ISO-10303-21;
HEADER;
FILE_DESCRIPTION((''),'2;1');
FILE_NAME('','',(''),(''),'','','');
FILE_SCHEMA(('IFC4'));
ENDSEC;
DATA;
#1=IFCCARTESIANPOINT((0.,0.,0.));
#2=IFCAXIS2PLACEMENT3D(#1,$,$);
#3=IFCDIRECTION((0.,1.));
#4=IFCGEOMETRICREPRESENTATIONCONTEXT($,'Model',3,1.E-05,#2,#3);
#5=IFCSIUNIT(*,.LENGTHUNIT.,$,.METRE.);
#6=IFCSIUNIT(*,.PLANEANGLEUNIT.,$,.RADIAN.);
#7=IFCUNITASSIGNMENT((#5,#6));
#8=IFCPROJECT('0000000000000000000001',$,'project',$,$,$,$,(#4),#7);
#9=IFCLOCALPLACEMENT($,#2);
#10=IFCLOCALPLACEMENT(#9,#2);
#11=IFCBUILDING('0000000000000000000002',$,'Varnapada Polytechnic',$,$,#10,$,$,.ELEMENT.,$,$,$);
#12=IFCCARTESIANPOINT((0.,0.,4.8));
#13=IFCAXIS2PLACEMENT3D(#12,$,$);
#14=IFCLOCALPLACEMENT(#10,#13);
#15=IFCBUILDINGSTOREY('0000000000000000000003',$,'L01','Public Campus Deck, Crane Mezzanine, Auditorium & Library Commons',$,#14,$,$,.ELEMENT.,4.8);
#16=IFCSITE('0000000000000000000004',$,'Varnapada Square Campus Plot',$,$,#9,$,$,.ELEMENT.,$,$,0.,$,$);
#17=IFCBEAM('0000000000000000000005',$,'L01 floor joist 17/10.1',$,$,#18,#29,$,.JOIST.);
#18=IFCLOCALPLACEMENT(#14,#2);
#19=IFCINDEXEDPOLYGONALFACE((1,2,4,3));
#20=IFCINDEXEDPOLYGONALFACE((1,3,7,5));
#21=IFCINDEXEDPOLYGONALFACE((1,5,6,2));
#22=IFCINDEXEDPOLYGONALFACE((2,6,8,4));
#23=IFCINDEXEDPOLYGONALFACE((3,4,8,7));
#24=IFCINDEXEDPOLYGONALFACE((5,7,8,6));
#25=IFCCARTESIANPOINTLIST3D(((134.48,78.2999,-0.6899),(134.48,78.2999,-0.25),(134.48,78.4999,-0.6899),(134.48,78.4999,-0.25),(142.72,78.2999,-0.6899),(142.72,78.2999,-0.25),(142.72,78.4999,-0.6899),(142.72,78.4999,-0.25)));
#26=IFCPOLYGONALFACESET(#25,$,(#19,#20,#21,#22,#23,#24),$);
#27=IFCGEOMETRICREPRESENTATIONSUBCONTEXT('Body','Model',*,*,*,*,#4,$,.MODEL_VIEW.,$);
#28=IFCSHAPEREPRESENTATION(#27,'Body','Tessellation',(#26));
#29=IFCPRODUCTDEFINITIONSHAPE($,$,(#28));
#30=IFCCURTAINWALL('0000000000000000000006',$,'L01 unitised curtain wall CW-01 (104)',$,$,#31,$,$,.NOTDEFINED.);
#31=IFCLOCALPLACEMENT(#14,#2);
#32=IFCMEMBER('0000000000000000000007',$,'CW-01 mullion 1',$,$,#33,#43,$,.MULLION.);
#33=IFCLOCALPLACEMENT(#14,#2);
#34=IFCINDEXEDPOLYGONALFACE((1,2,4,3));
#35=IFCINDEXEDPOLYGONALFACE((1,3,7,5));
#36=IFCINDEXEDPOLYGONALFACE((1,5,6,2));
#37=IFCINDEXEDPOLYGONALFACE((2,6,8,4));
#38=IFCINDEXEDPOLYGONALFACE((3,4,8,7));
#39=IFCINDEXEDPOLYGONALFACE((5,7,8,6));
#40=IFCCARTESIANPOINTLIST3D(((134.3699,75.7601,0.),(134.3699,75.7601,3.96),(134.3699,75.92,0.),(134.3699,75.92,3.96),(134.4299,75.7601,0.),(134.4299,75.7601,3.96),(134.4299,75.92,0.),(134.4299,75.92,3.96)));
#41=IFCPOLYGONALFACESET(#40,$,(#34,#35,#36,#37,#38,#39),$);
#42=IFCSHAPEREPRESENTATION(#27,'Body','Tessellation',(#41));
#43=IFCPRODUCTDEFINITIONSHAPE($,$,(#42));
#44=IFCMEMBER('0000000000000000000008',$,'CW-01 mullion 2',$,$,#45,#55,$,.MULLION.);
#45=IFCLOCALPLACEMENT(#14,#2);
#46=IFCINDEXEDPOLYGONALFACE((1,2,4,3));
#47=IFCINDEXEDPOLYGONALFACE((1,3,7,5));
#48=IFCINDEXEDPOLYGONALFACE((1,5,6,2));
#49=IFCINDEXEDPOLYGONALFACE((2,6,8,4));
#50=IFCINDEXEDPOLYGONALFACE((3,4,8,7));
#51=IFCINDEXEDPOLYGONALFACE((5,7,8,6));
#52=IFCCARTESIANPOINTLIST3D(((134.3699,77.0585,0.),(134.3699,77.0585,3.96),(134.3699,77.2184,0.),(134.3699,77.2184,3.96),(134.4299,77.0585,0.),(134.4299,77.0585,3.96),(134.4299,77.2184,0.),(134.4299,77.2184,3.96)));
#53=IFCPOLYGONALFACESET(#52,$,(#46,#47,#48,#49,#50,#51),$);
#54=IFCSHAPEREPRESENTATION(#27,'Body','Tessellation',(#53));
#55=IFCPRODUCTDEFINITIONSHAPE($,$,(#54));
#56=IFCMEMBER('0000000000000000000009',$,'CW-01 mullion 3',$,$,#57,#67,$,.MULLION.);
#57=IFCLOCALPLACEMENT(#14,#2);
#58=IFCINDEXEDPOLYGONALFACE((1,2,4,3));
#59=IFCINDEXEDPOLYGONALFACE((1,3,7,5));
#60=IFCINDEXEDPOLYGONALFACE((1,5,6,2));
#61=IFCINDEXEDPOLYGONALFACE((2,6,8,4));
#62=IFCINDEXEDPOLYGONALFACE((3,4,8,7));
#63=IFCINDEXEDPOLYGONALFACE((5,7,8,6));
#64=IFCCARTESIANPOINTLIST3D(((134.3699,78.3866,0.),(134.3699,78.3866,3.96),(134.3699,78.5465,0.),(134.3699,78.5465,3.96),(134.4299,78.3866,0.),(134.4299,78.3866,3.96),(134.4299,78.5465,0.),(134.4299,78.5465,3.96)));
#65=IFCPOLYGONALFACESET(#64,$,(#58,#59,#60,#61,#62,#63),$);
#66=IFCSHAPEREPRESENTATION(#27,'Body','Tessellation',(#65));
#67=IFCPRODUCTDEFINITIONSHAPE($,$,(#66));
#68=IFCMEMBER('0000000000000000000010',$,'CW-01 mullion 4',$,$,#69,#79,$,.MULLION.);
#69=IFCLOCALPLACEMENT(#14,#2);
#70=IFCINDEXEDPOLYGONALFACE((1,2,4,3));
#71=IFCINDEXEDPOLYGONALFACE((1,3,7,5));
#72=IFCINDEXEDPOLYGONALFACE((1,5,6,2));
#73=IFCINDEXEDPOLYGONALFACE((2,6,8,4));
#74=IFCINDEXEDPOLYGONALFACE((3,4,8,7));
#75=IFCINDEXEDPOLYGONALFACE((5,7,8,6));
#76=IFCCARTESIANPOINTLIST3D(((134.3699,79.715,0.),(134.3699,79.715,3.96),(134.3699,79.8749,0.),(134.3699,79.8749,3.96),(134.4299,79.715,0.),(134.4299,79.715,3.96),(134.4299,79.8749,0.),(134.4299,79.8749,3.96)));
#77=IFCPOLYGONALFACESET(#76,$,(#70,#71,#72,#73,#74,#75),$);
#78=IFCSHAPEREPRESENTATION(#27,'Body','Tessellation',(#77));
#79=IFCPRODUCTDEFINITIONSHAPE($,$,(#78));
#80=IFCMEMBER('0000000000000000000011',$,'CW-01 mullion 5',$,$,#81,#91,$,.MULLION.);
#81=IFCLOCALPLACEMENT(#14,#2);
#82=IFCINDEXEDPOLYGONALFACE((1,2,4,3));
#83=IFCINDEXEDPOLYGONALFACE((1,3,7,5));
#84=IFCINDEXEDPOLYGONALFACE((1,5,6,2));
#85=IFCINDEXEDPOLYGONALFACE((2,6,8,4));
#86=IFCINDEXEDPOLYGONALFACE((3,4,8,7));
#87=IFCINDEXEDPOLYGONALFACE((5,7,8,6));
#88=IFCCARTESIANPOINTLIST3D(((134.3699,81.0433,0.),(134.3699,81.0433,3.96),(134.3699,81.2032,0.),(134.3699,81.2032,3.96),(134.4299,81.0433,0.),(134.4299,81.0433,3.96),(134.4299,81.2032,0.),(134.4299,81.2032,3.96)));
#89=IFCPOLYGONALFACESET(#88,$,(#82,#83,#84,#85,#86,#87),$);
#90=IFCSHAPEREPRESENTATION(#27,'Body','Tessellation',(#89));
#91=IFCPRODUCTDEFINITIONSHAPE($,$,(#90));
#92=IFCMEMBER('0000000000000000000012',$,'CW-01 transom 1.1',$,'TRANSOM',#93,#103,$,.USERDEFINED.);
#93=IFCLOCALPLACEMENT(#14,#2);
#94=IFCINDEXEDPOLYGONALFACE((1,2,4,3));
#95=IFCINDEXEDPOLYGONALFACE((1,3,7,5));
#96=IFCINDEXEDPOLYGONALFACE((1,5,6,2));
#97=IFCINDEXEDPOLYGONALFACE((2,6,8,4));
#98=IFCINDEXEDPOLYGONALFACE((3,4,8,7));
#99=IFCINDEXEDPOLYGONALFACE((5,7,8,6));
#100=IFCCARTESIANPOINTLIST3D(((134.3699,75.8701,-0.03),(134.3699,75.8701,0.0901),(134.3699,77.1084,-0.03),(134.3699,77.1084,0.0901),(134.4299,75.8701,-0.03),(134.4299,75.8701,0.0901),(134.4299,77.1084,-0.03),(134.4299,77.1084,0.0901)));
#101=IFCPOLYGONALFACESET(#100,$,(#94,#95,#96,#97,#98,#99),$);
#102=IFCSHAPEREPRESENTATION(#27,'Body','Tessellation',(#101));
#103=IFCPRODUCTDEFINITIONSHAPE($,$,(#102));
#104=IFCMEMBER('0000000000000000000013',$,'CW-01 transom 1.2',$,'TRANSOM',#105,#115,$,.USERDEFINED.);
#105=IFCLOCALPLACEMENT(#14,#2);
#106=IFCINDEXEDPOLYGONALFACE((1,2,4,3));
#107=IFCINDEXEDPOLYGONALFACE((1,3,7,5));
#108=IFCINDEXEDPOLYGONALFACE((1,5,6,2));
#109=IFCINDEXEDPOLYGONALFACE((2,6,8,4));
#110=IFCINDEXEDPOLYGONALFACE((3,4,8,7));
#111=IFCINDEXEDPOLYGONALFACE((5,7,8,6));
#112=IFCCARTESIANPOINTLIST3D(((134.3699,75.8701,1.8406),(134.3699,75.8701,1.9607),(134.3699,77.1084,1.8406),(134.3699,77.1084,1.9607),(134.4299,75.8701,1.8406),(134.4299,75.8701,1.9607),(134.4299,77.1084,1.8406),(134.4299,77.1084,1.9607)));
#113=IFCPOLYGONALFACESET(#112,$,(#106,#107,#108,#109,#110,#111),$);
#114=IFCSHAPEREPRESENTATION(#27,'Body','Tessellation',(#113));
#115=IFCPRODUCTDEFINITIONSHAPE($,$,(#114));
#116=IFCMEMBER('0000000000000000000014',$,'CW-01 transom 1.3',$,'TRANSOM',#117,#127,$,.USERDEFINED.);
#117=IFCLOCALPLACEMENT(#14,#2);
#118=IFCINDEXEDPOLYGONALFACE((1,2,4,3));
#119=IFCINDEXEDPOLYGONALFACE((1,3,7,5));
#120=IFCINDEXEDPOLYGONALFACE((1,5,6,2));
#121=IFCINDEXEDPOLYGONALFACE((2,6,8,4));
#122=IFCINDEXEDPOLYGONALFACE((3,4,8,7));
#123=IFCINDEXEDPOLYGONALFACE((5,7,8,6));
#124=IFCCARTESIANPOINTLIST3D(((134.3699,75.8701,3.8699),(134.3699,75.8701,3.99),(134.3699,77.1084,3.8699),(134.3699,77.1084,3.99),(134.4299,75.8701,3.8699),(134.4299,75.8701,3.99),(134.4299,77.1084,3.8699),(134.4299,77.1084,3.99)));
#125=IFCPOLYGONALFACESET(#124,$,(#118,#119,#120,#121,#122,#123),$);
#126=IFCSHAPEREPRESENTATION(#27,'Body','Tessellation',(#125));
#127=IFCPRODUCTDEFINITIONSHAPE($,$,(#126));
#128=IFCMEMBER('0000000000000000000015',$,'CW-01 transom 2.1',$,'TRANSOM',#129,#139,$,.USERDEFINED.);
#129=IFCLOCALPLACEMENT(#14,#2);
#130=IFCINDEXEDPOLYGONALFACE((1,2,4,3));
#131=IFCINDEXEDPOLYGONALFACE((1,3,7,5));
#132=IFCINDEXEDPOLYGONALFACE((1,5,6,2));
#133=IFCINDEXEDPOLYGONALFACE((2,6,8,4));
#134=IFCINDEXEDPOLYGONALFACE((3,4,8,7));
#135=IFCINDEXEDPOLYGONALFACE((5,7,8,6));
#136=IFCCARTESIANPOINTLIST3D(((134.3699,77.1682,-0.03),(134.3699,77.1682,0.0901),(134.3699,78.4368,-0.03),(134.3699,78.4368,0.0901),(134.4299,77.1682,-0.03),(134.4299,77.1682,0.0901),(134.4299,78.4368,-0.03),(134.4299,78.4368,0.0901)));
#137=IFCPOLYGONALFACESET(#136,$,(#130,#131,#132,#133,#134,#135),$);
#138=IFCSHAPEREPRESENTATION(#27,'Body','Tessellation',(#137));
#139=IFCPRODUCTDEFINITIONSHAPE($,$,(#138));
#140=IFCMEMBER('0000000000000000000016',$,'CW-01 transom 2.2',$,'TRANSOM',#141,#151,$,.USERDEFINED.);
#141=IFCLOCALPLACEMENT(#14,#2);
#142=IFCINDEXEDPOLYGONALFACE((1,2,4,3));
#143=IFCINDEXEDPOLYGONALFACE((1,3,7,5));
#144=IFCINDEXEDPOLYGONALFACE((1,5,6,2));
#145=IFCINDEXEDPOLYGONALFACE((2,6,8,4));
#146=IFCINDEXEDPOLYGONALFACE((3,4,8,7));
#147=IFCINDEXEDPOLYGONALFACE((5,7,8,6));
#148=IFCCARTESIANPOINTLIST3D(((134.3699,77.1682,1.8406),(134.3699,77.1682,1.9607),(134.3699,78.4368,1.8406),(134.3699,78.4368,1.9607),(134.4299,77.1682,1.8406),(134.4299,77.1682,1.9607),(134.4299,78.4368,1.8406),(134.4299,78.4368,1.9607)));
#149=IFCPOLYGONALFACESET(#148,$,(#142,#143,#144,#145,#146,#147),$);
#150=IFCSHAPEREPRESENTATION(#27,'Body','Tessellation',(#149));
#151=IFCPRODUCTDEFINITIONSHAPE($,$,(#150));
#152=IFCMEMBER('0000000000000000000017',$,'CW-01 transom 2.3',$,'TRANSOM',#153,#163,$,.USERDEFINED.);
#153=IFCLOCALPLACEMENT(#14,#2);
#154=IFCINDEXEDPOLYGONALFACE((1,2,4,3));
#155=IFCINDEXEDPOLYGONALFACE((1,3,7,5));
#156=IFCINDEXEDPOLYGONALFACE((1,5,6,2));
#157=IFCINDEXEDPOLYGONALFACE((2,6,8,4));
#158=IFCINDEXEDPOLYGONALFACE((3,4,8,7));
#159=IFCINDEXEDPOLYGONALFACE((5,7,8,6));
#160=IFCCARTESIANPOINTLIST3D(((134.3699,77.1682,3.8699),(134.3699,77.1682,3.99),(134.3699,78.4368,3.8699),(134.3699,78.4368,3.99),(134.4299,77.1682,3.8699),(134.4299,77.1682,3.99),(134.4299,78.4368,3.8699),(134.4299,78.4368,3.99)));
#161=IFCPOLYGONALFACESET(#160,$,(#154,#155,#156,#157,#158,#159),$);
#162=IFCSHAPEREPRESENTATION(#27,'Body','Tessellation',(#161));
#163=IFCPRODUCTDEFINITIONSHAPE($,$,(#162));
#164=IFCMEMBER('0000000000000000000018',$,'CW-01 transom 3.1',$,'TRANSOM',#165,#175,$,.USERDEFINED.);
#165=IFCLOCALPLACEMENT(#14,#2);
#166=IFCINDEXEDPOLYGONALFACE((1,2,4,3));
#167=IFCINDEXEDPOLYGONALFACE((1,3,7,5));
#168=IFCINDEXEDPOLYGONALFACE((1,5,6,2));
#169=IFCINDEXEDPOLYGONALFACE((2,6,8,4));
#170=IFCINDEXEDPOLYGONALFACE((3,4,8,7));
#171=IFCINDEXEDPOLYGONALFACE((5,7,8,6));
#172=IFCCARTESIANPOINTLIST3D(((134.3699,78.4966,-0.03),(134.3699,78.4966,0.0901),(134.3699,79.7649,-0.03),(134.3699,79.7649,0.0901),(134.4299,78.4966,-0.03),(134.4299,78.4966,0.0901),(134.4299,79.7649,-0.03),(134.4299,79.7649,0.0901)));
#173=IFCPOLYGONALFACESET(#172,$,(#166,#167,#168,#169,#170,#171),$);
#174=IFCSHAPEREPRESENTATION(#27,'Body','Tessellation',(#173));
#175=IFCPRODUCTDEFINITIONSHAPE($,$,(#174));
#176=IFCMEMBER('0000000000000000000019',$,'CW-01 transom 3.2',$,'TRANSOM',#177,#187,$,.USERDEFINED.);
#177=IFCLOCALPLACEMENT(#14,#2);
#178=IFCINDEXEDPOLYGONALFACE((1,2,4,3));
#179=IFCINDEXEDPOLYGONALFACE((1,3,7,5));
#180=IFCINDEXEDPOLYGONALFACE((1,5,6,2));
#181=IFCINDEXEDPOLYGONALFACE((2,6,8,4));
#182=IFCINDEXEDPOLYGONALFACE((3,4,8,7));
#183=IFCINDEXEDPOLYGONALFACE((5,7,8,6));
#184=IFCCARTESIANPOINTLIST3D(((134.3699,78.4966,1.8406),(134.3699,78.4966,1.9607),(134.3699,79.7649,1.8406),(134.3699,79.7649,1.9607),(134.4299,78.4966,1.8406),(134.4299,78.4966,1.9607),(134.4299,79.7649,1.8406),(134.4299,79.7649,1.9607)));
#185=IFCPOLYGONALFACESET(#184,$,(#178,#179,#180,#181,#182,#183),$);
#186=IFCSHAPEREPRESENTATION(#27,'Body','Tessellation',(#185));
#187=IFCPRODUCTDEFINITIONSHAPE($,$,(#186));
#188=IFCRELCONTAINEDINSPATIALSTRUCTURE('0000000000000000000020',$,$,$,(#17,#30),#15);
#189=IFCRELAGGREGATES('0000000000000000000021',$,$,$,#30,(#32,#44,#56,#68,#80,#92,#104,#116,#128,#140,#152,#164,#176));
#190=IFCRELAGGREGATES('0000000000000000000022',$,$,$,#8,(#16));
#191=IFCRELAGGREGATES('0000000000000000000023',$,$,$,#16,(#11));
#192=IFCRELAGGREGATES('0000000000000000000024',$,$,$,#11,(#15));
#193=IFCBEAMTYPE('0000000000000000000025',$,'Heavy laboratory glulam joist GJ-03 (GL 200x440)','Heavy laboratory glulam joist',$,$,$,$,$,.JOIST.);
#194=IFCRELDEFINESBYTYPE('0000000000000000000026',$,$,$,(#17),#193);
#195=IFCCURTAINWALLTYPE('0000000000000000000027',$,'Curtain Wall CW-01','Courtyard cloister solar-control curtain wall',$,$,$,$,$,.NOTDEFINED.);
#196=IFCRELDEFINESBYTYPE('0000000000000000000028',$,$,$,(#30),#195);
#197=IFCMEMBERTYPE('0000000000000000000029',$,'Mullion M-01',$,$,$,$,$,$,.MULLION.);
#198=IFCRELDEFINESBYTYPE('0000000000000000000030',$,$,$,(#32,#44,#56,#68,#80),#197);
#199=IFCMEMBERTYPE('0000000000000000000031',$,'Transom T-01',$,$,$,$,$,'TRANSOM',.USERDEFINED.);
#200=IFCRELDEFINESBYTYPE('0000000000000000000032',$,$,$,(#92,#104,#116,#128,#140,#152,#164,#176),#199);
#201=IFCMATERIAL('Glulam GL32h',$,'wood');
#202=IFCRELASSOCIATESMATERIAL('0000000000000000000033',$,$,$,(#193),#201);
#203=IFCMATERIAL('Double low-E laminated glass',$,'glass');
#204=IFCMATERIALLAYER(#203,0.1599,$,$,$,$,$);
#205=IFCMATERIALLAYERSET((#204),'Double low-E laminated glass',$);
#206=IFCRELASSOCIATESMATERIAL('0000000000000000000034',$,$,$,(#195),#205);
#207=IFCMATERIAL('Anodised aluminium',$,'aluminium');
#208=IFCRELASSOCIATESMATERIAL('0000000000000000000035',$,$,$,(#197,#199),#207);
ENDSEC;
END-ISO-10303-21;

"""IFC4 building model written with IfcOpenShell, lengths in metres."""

from ifc_helpers import new_model, si_unit, direction, frame, origin, origin_2d, place, context, subcontext, project, spatial, rectangle, extrude, material, layer, layer_set, material_profile, profile_set, type_object, element, aggregate, save


model = new_model("IFC4")

# Units and contexts
model_context = context("Model", 3, precision=1e-05, world=origin(), true_north=direction((0.0, 1.0)))
body_context = subcontext(model_context, "Body", "Model", "MODEL_VIEW")
ifc_project = project(units=[si_unit("LENGTHUNIT", "METRE"), si_unit("PLANEANGLEUNIT", "RADIAN")], contexts=[model_context])

# Site, building, storey
site_placement = place(None, origin())
site = spatial("IfcSite", under=ifc_project, at=site_placement, Name="Varnapada Square Campus Plot", CompositionType="ELEMENT", RefElevation=0.0)
building_placement = place(site_placement, origin())
building = spatial("IfcBuilding", under=site, at=building_placement, Name="Varnapada Polytechnic", CompositionType="ELEMENT")
storey_placement = place(building_placement, frame((0.0, 0.0, 4.8)))
storey = spatial("IfcBuildingStorey", under=building, at=storey_placement, Name="L01", Description="Public Campus Deck, Crane Mezzanine, Auditorium & Library Commons", CompositionType="ELEMENT", Elevation=4.8)

# Beam
ifc_material_1 = material(Name="Glulam GL32h", Category="wood")
ifc_material_profile_1 = material_profile(ifc_material_1, rectangle(XDim=0.2, YDim=0.4399, at=origin_2d()), Name="GL 200x440")
ifc_profile_set_1 = profile_set([ifc_material_profile_1], Name="Glulam GL32h")
beam_type = type_object("IfcBeamType", Name="Heavy laboratory glulam joist GJ-03 (GL 200x440)", Description="Heavy laboratory glulam joist", PredefinedType="JOIST", material=ifc_profile_set_1)
beam_placement = place(storey_placement, frame((134.48, 78.3999, -0.47), z_axis=(1.0, 0.0, 0.0), x_axis=(0.0, 1.0, 0.0)))
element("IfcBeam", 1, at=beam_placement, inside=storey, type_object=beam_type, Name="L01 floor joist 17/10.1", PredefinedType="JOIST", context=body_context, shape_type="SweptSolid", body=[
    extrude(rectangle(XDim=0.2, YDim=0.4399, at=origin_2d()), origin(), (0.0, 0.0, 1.0), 8.24),
])

# Curtain wall, members
ifc_material_2 = material(Name="Double low-E laminated glass", Category="glass")
ifc_layer_1 = layer(ifc_material_2, 0.1599)
ifc_layer_set_1 = layer_set([ifc_layer_1], Name="Double low-E laminated glass")
curtain_wall_type = type_object("IfcCurtainWallType", Name="Curtain Wall CW-01", Description="Courtyard cloister solar-control curtain wall", PredefinedType="NOTDEFINED", material=ifc_layer_set_1)
curtain_wall_placement = place(storey_placement, origin())
curtain_wall = element("IfcCurtainWall", 2, at=curtain_wall_placement, inside=storey, type_object=curtain_wall_type, Name="L01 unitised curtain wall CW-01 (104)", PredefinedType="NOTDEFINED")
ifc_material_3 = material(Name="Anodised aluminium", Category="aluminium")
ifc_material_profile_2 = material_profile(ifc_material_3, rectangle(XDim=0.0601, YDim=0.1599, at=origin_2d()), Name="ALU M60x160")
ifc_profile_set_2 = profile_set([ifc_material_profile_2], Name="Anodised aluminium")
member_type_1 = type_object("IfcMemberType", Name="Mullion M-01", PredefinedType="MULLION", material=ifc_profile_set_2)
member_1_placement = place(storey_placement, frame((134.3999, 75.8401, 0.0), z_axis=(0.0, 0.0, 1.0), x_axis=(-1.0, 0.0, 0.0)))
member_1 = element("IfcMember", 3, at=member_1_placement, type_object=member_type_1, Name="CW-01 mullion 1", PredefinedType="MULLION", context=body_context, shape_type="SweptSolid", body=[
    extrude(rectangle(XDim=0.0601, YDim=0.1599, at=origin_2d()), origin(), (0.0, 0.0, 1.0), 3.96),
])
member_2_placement = place(storey_placement, frame((134.3999, 77.1384, 0.0), z_axis=(0.0, 0.0, 1.0), x_axis=(-1.0, 0.0, 0.0)))
member_2 = element("IfcMember", 4, at=member_2_placement, type_object=member_type_1, Name="CW-01 mullion 2", PredefinedType="MULLION", context=body_context, shape_type="SweptSolid", body=[
    extrude(rectangle(XDim=0.0601, YDim=0.1599, at=origin_2d()), origin(), (0.0, 0.0, 1.0), 3.96),
])
member_3_placement = place(storey_placement, frame((134.3999, 78.4666, 0.0), z_axis=(0.0, 0.0, 1.0), x_axis=(-1.0, 0.0, 0.0)))
member_3 = element("IfcMember", 5, at=member_3_placement, type_object=member_type_1, Name="CW-01 mullion 3", PredefinedType="MULLION", context=body_context, shape_type="SweptSolid", body=[
    extrude(rectangle(XDim=0.0601, YDim=0.1599, at=origin_2d()), origin(), (0.0, 0.0, 1.0), 3.96),
])
member_4_placement = place(storey_placement, frame((134.3999, 79.7949, 0.0), z_axis=(0.0, 0.0, 1.0), x_axis=(-1.0, 0.0, 0.0)))
member_4 = element("IfcMember", 6, at=member_4_placement, type_object=member_type_1, Name="CW-01 mullion 4", PredefinedType="MULLION", context=body_context, shape_type="SweptSolid", body=[
    extrude(rectangle(XDim=0.0601, YDim=0.1599, at=origin_2d()), origin(), (0.0, 0.0, 1.0), 3.96),
])
member_5_placement = place(storey_placement, frame((134.3999, 81.1233, 0.0), z_axis=(0.0, 0.0, 1.0), x_axis=(-1.0, 0.0, 0.0)))
member_5 = element("IfcMember", 7, at=member_5_placement, type_object=member_type_1, Name="CW-01 mullion 5", PredefinedType="MULLION", context=body_context, shape_type="SweptSolid", body=[
    extrude(rectangle(XDim=0.0601, YDim=0.1599, at=origin_2d()), origin(), (0.0, 0.0, 1.0), 3.96),
])
ifc_material_profile_3 = material_profile(ifc_material_3, rectangle(XDim=0.0601, YDim=0.1201, at=origin_2d()), Name="ALU T60x120")
ifc_profile_set_3 = profile_set([ifc_material_profile_3], Name="Anodised aluminium")
member_type_2 = type_object("IfcMemberType", Name="Transom T-01", ElementType="TRANSOM", PredefinedType="USERDEFINED", material=ifc_profile_set_3)
member_6_placement = place(storey_placement, frame((134.3999, 75.8701, 0.03), z_axis=(0.0, 1.0, 0.0), x_axis=(-1.0, 0.0, 0.0)))
member_6 = element("IfcMember", 8, at=member_6_placement, type_object=member_type_2, Name="CW-01 transom 1.1", ObjectType="TRANSOM", PredefinedType="USERDEFINED", context=body_context, shape_type="SweptSolid", body=[
    extrude(rectangle(XDim=0.0601, YDim=0.1201, at=origin_2d()), origin(), (0.0, 0.0, 1.0), 1.2383),
])
member_7_placement = place(storey_placement, frame((134.3999, 75.8701, 1.9006), z_axis=(0.0, 1.0, 0.0), x_axis=(-1.0, 0.0, 0.0)))
member_7 = element("IfcMember", 9, at=member_7_placement, type_object=member_type_2, Name="CW-01 transom 1.2", ObjectType="TRANSOM", PredefinedType="USERDEFINED", context=body_context, shape_type="SweptSolid", body=[
    extrude(rectangle(XDim=0.0601, YDim=0.1201, at=origin_2d()), origin(), (0.0, 0.0, 1.0), 1.2383),
])
member_8_placement = place(storey_placement, frame((134.3999, 75.8701, 3.9299), z_axis=(0.0, 1.0, 0.0), x_axis=(-1.0, 0.0, 0.0)))
member_8 = element("IfcMember", 10, at=member_8_placement, type_object=member_type_2, Name="CW-01 transom 1.3", ObjectType="TRANSOM", PredefinedType="USERDEFINED", context=body_context, shape_type="SweptSolid", body=[
    extrude(rectangle(XDim=0.0601, YDim=0.1201, at=origin_2d()), origin(), (0.0, 0.0, 1.0), 1.2383),
])
member_9_placement = place(storey_placement, frame((134.3999, 77.1682, 0.03), z_axis=(0.0, 1.0, 0.0), x_axis=(-1.0, 0.0, 0.0)))
member_9 = element("IfcMember", 11, at=member_9_placement, type_object=member_type_2, Name="CW-01 transom 2.1", ObjectType="TRANSOM", PredefinedType="USERDEFINED", context=body_context, shape_type="SweptSolid", body=[
    extrude(rectangle(XDim=0.0601, YDim=0.1201, at=origin_2d()), origin(), (0.0, 0.0, 1.0), 1.2686),
])
member_10_placement = place(storey_placement, frame((134.3999, 77.1682, 1.9006), z_axis=(0.0, 1.0, 0.0), x_axis=(-1.0, 0.0, 0.0)))
member_10 = element("IfcMember", 12, at=member_10_placement, type_object=member_type_2, Name="CW-01 transom 2.2", ObjectType="TRANSOM", PredefinedType="USERDEFINED", context=body_context, shape_type="SweptSolid", body=[
    extrude(rectangle(XDim=0.0601, YDim=0.1201, at=origin_2d()), origin(), (0.0, 0.0, 1.0), 1.2686),
])
member_11_placement = place(storey_placement, frame((134.3999, 77.1682, 3.9299), z_axis=(0.0, 1.0, 0.0), x_axis=(-1.0, 0.0, 0.0)))
member_11 = element("IfcMember", 13, at=member_11_placement, type_object=member_type_2, Name="CW-01 transom 2.3", ObjectType="TRANSOM", PredefinedType="USERDEFINED", context=body_context, shape_type="SweptSolid", body=[
    extrude(rectangle(XDim=0.0601, YDim=0.1201, at=origin_2d()), origin(), (0.0, 0.0, 1.0), 1.2686),
])
member_12_placement = place(storey_placement, frame((134.3999, 78.4966, 0.03), z_axis=(0.0, 1.0, 0.0), x_axis=(-1.0, 0.0, 0.0)))
member_12 = element("IfcMember", 14, at=member_12_placement, type_object=member_type_2, Name="CW-01 transom 3.1", ObjectType="TRANSOM", PredefinedType="USERDEFINED", context=body_context, shape_type="SweptSolid", body=[
    extrude(rectangle(XDim=0.0601, YDim=0.1201, at=origin_2d()), origin(), (0.0, 0.0, 1.0), 1.2683),
])
member_13_placement = place(storey_placement, frame((134.3999, 78.4966, 1.9006), z_axis=(0.0, 1.0, 0.0), x_axis=(-1.0, 0.0, 0.0)))
member_13 = element("IfcMember", 15, at=member_13_placement, type_object=member_type_2, Name="CW-01 transom 3.2", ObjectType="TRANSOM", PredefinedType="USERDEFINED", context=body_context, shape_type="SweptSolid", body=[
    extrude(rectangle(XDim=0.0601, YDim=0.1201, at=origin_2d()), origin(), (0.0, 0.0, 1.0), 1.2683),
])
aggregate(curtain_wall, [member_1, member_2, member_3, member_4, member_5, member_6, member_7, member_8, member_9, member_10, member_11, member_12, member_13])

save(model, "model.ifc")
